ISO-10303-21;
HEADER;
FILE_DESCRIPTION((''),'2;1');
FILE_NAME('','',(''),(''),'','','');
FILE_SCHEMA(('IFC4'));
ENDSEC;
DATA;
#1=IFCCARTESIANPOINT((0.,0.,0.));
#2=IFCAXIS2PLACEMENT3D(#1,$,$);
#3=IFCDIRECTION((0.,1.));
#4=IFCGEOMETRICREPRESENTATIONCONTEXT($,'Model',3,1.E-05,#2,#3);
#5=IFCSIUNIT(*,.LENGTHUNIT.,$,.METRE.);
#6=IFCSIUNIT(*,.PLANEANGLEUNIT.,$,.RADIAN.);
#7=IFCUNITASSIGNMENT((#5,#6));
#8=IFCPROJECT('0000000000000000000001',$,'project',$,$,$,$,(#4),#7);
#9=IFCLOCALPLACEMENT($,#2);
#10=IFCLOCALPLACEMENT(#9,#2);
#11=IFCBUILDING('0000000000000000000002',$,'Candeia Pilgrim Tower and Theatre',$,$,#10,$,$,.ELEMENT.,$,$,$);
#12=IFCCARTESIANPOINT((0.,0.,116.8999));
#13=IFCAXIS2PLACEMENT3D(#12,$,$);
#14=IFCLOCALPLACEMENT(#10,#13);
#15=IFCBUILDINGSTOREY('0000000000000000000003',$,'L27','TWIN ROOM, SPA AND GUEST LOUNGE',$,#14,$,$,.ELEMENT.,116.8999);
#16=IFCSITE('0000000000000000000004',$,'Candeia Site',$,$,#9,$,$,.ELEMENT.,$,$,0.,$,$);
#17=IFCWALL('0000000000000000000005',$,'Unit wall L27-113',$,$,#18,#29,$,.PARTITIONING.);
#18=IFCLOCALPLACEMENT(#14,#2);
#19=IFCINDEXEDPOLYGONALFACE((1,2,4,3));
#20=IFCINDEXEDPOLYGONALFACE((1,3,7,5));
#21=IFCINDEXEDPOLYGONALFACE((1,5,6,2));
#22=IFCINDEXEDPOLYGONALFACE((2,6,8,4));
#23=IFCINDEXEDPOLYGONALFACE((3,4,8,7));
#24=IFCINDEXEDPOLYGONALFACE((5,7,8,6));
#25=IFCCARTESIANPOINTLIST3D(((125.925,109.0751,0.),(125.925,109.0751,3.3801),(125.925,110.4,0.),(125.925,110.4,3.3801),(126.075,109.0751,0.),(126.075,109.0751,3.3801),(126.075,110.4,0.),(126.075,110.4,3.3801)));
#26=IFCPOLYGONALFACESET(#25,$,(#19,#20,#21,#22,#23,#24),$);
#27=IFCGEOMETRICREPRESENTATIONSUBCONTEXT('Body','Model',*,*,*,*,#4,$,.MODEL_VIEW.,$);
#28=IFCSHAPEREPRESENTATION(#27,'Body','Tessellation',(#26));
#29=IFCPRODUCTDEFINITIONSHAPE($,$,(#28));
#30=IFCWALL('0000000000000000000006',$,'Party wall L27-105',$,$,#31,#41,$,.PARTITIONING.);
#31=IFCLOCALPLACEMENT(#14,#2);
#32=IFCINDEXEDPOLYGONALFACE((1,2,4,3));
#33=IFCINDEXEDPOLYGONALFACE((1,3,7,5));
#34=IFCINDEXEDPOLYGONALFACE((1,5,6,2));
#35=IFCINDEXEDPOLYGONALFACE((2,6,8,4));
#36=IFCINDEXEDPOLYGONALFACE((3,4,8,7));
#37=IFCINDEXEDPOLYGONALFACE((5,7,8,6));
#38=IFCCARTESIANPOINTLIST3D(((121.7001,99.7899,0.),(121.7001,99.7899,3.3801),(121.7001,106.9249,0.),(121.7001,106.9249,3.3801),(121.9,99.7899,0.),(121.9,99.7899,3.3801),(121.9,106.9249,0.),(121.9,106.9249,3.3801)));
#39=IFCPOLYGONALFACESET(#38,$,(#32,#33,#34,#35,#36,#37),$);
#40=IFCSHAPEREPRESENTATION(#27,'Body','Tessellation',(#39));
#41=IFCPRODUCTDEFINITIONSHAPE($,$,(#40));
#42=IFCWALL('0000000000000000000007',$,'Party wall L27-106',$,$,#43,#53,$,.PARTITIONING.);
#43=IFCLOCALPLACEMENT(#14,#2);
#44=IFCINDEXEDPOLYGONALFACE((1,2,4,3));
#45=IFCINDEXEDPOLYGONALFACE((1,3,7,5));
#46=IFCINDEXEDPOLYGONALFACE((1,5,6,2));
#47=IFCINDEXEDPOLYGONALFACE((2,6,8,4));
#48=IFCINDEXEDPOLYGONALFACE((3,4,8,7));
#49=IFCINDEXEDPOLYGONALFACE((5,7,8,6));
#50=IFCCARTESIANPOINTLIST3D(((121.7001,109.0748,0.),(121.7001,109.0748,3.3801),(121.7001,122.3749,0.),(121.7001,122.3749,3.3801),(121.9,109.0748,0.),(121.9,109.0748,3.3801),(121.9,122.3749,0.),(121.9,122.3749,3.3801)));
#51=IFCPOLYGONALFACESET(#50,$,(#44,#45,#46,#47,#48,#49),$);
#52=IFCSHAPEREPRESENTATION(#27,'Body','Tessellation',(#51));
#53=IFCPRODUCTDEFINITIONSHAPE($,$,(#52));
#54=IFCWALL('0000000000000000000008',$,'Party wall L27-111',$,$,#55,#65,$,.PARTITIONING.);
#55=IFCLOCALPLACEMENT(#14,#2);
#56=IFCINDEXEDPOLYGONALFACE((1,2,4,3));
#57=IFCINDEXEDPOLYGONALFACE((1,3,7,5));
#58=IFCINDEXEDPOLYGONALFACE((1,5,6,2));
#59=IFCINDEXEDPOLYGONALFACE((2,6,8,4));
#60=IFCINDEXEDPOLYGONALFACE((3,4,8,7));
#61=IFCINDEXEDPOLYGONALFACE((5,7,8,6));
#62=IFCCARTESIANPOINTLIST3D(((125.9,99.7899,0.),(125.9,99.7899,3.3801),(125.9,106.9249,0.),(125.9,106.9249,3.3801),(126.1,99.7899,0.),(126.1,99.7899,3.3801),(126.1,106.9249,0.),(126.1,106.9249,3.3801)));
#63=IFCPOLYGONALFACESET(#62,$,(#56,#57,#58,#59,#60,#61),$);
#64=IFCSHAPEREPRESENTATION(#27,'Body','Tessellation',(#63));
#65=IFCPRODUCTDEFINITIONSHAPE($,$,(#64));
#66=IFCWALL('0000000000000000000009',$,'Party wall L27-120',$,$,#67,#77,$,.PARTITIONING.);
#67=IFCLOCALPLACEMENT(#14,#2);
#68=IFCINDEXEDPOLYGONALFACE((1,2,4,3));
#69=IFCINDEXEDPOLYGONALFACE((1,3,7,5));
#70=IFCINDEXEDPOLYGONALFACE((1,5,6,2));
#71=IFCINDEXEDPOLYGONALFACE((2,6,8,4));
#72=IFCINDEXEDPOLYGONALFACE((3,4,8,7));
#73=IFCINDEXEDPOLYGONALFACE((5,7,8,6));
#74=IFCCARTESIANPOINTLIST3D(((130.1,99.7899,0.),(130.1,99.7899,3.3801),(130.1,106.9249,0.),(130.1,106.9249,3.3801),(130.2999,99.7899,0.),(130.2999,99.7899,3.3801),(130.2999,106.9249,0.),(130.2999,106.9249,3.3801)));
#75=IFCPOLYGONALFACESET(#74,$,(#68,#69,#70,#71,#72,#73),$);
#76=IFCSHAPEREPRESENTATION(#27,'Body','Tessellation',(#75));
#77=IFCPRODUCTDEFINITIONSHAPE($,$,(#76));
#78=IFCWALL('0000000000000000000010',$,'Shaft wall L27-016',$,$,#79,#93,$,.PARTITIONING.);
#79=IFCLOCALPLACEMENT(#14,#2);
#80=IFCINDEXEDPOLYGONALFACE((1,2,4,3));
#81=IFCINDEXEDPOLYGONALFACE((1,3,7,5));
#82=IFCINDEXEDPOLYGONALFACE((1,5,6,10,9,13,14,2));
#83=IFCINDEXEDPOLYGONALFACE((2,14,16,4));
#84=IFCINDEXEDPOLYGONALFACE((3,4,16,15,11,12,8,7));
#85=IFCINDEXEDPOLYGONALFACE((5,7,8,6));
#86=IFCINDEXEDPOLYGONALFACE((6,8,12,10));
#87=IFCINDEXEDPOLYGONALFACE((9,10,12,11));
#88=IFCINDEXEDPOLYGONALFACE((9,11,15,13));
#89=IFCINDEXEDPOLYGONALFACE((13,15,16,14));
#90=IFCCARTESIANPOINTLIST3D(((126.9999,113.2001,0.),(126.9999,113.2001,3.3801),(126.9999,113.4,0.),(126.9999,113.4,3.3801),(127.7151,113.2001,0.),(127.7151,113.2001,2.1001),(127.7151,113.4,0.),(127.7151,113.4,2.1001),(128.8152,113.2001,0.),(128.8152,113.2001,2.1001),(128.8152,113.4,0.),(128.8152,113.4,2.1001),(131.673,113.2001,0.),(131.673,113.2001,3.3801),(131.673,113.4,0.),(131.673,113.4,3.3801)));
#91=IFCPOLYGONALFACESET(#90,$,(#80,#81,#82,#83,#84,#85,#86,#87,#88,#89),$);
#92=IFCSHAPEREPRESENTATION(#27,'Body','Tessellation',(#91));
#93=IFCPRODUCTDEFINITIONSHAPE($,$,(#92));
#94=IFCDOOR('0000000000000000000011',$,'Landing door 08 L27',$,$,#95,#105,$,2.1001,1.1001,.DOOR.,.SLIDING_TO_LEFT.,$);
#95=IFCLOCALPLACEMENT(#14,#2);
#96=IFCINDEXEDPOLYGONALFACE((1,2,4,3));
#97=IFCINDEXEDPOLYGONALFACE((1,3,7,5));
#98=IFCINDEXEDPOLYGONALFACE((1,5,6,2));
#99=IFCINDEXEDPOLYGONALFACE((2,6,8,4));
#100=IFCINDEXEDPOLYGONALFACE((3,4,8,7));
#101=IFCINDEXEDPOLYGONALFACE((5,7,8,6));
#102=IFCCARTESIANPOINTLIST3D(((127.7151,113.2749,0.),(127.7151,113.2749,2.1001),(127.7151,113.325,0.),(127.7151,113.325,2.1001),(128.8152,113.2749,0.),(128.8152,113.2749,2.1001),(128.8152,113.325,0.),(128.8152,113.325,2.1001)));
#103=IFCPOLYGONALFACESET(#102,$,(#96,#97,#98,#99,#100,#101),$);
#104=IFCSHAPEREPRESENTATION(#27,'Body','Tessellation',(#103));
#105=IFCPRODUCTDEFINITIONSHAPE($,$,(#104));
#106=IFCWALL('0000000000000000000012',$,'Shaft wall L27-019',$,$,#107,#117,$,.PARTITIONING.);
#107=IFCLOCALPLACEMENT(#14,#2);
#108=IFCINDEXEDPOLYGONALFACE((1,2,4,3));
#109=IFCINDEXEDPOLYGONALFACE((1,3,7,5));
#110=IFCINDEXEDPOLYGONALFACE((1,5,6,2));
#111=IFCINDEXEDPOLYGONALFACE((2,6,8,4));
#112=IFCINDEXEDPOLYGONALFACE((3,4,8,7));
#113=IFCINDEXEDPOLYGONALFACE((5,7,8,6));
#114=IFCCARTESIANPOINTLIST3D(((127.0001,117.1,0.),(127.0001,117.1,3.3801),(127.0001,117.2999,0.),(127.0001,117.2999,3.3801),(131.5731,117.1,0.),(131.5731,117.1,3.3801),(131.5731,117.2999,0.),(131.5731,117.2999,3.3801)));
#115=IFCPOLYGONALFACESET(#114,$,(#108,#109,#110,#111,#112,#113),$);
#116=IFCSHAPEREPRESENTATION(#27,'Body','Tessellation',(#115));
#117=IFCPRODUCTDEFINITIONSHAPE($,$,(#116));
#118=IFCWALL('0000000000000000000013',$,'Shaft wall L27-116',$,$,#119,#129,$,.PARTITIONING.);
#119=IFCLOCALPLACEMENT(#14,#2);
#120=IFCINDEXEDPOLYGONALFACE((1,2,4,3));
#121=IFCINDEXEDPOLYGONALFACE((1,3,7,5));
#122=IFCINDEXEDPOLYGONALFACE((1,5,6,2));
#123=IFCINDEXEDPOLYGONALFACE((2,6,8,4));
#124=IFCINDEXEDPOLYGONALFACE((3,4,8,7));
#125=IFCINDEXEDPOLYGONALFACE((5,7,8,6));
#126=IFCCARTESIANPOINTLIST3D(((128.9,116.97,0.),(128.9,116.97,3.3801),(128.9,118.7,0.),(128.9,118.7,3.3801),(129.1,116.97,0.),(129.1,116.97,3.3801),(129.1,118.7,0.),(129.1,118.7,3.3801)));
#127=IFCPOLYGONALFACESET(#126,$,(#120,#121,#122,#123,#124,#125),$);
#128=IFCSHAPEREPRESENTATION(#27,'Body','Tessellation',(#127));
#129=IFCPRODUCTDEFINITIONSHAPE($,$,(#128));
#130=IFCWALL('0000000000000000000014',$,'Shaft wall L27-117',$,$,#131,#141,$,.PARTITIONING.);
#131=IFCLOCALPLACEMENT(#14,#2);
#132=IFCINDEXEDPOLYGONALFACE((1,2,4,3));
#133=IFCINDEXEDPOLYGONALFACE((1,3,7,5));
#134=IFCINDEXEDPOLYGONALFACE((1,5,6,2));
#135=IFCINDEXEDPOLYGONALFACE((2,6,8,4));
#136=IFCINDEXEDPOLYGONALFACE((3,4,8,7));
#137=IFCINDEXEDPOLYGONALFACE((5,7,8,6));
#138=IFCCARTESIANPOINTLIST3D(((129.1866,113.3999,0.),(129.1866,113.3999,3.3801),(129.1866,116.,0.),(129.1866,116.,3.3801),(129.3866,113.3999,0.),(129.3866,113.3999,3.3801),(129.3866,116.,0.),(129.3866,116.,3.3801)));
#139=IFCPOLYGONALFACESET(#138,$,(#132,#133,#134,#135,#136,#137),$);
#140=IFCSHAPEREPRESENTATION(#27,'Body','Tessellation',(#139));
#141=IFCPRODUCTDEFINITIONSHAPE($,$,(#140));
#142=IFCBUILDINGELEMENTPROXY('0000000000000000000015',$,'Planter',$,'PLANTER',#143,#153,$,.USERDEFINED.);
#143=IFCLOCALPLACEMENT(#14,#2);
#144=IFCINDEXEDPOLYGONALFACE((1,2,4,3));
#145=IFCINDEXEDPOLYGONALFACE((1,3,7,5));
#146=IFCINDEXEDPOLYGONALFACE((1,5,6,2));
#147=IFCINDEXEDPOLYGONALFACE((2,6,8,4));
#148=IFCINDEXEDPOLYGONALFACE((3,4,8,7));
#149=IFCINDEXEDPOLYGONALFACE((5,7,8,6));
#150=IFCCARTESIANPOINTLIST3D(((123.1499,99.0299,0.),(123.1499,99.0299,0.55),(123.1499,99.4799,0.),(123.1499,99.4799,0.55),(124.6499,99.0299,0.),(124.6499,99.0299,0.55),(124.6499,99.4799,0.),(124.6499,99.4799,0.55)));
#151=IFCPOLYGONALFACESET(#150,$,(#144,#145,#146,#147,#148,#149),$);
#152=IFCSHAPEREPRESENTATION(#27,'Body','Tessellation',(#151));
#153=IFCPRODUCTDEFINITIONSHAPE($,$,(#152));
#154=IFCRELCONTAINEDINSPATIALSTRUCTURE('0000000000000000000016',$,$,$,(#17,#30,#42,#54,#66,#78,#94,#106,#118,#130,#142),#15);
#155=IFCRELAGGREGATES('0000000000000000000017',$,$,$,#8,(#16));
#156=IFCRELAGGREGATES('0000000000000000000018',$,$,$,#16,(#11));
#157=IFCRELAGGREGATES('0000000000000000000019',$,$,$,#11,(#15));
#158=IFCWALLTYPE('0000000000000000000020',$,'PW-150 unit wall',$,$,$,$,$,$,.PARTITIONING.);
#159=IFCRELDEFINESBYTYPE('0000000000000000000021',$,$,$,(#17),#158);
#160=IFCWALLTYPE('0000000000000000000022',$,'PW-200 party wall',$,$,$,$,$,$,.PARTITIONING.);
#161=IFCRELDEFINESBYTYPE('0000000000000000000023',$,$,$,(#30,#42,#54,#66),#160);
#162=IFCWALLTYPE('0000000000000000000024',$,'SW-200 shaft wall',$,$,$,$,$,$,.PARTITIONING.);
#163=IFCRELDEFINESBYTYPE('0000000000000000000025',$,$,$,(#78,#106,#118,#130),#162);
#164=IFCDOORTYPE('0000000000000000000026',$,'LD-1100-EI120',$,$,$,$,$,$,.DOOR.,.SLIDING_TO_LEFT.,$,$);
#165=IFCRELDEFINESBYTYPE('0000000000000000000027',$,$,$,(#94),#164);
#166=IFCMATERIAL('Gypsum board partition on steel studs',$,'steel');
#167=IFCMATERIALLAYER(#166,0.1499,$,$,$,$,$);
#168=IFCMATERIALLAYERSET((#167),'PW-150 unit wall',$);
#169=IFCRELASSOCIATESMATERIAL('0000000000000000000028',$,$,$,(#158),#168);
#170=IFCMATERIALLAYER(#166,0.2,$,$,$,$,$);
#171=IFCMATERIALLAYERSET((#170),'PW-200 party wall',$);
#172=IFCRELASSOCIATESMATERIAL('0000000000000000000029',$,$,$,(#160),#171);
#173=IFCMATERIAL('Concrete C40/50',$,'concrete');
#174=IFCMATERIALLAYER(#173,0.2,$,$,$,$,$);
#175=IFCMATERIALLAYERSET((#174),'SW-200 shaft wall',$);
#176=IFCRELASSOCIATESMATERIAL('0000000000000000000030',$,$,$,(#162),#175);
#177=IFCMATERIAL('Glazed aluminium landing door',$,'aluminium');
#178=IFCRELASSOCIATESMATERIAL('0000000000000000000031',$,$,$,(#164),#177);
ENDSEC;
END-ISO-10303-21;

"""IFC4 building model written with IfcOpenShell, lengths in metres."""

from ifc_helpers import new_model, si_unit, direction, frame, frame_2d, origin, origin_2d, place, context, subcontext, project, spatial, rectangle, extrude, material, layer, layer_set, type_object, element, fill, save


model = new_model("IFC4")

# Units and contexts
model_context = context("Model", 3, precision=1e-05, world=origin(), true_north=direction((0.0, 1.0)))
body_context = subcontext(model_context, "Body", "Model", "MODEL_VIEW")
ifc_project = project(units=[si_unit("LENGTHUNIT", "METRE"), si_unit("PLANEANGLEUNIT", "RADIAN")], contexts=[model_context])

# Site, building, storey
site_placement = place(None, origin())
site = spatial("IfcSite", under=ifc_project, at=site_placement, Name="Candeia Site", CompositionType="ELEMENT", RefElevation=0.0)
building_placement = place(site_placement, origin())
building = spatial("IfcBuilding", under=site, at=building_placement, Name="Candeia Pilgrim Tower and Theatre", CompositionType="ELEMENT")
storey_placement = place(building_placement, frame((0.0, 0.0, 116.8999)))
storey = spatial("IfcBuildingStorey", under=building, at=storey_placement, Name="L27", Description="TWIN ROOM, SPA AND GUEST LOUNGE", CompositionType="ELEMENT", Elevation=116.8999)

# Shared definitions
ifc_material_1 = material(Name="Gypsum board partition on steel studs", Category="steel")

# Walls
ifc_layer_1 = layer(ifc_material_1, 0.1499)
ifc_layer_set_1 = layer_set([ifc_layer_1], Name="PW-150 unit wall")
wall_type_1 = type_object("IfcWallType", Name="PW-150 unit wall", PredefinedType="PARTITIONING", material=ifc_layer_set_1)
wall_1_placement = place(storey_placement, frame((126.0, 109.075, 0.0), z_axis=(0.0, 0.0, 1.0), x_axis=(0.0, 1.0, 0.0)))
element("IfcWall", 1, at=wall_1_placement, inside=storey, type_object=wall_type_1, Name="Unit wall L27-113", PredefinedType="PARTITIONING", context=body_context, shape_type="SweptSolid", body=[
    extrude(rectangle(XDim=1.325, YDim=0.1499, at=frame_2d((0.6626, 0.0))), origin(), (0.0, 0.0, 1.0), 3.3801),
])
ifc_layer_2 = layer(ifc_material_1, 0.2)
ifc_layer_set_2 = layer_set([ifc_layer_2], Name="PW-200 party wall")
wall_type_2 = type_object("IfcWallType", Name="PW-200 party wall", PredefinedType="PARTITIONING", material=ifc_layer_set_2)
wall_2_placement = place(storey_placement, frame((121.8, 99.79, 0.0), z_axis=(0.0, 0.0, 1.0), x_axis=(0.0, 1.0, 0.0)))
element("IfcWall", 2, at=wall_2_placement, inside=storey, type_object=wall_type_2, Name="Party wall L27-105", PredefinedType="PARTITIONING", context=body_context, shape_type="SweptSolid", body=[
    extrude(rectangle(XDim=7.135, YDim=0.2, at=frame_2d((3.5674, 0.0))), origin(), (0.0, 0.0, 1.0), 3.3801),
])
wall_3_placement = place(storey_placement, frame((121.8, 109.075, 0.0), z_axis=(0.0, 0.0, 1.0), x_axis=(0.0, 1.0, 0.0)))
element("IfcWall", 3, at=wall_3_placement, inside=storey, type_object=wall_type_2, Name="Party wall L27-106", PredefinedType="PARTITIONING", context=body_context, shape_type="SweptSolid", body=[
    extrude(rectangle(XDim=13.3, YDim=0.2, at=frame_2d((6.6499, 0.0))), origin(), (0.0, 0.0, 1.0), 3.3801),
])
for number, where, z_axis, x_axis, name in (
    (4, (126.0, 99.79, 0.0), (0.0, 0.0, 1.0), (0.0, 1.0, 0.0), "Party wall L27-111"),
    (5, (130.2, 99.79, 0.0), (0.0, 0.0, 1.0), (0.0, 1.0, 0.0), "Party wall L27-120"),
):
    element("IfcWall", number, at=place(storey_placement, frame(where, z_axis=z_axis, x_axis=x_axis)), inside=storey, type_object=wall_type_2, Name=name, PredefinedType="PARTITIONING", context=body_context, shape_type="SweptSolid", body=[
        extrude(rectangle(XDim=7.135, YDim=0.2, at=frame_2d((3.5674, 0.0))), origin(), (0.0, 0.0, 1.0), 3.3801),
    ])

# Wall, opening, door
ifc_material_2 = material(Name="Concrete C40/50", Category="concrete")
ifc_layer_3 = layer(ifc_material_2, 0.2)
ifc_layer_set_3 = layer_set([ifc_layer_3], Name="SW-200 shaft wall")
wall_type_3 = type_object("IfcWallType", Name="SW-200 shaft wall", PredefinedType="PARTITIONING", material=ifc_layer_set_3)
wall_4_placement = place(storey_placement, frame((127.0, 113.3, 0.0), z_axis=(0.0, 0.0, 1.0), x_axis=(1.0, 0.0, 0.0)))
wall_4 = element("IfcWall", 6, at=wall_4_placement, inside=storey, type_object=wall_type_3, Name="Shaft wall L27-016", PredefinedType="PARTITIONING", context=body_context, shape_type="SweptSolid", body=[
    extrude(rectangle(XDim=4.6731, YDim=0.2, at=frame_2d((2.3364, 0.0))), origin(), (0.0, 0.0, 1.0), 3.3801),
])
opening_1_placement = place(wall_4_placement, frame((0.7151, 0.0, 0.0)))
opening_1 = element("IfcOpeningElement", 7, at=opening_1_placement, cuts=wall_4, PredefinedType="OPENING", context=body_context, shape_type="SweptSolid", body=[
    extrude(rectangle(XDim=1.1001, YDim=2.1001, at=frame_2d((0.55, 1.05))), frame((0.0, 0.1099, 0.0), z_axis=(0.0, -1.0, 0.0), x_axis=(1.0, 0.0, 0.0)), (0.0, 0.0, 1.0), 0.22),
])
ifc_material_3 = material(Name="Glazed aluminium landing door", Category="aluminium")
door_type_1 = type_object("IfcDoorType", Name="LD-1100-EI120", OperationType="SLIDING_TO_LEFT", PredefinedType="DOOR", material=ifc_material_3)
door_1_placement = place(opening_1_placement, origin())
door_1 = element("IfcDoor", 8, at=door_1_placement, inside=storey, type_object=door_type_1, Name="Landing door 08 L27", OperationType="SLIDING_TO_LEFT", OverallHeight=2.1001, OverallWidth=1.1001, PredefinedType="DOOR", context=body_context, shape_type="SweptSolid", body=[
    extrude(rectangle(XDim=1.1001, YDim=2.1001, at=frame_2d((0.55, 1.05))), frame((0.0, 0.0249, 0.0), z_axis=(0.0, -1.0, 0.0), x_axis=(1.0, 0.0, 0.0)), (0.0, 0.0, 1.0), 0.05),
])
fill(opening_1, door_1)

# Walls
wall_5_placement = place(storey_placement, frame((127.0, 117.2, 0.0), z_axis=(0.0, 0.0, 1.0), x_axis=(1.0, 0.0, 0.0)))
element("IfcWall", 9, at=wall_5_placement, inside=storey, type_object=wall_type_3, Name="Shaft wall L27-019", PredefinedType="PARTITIONING", context=body_context, shape_type="SweptSolid", body=[
    extrude(rectangle(XDim=4.573, YDim=0.2, at=frame_2d((2.2866, 0.0))), origin(), (0.0, 0.0, 1.0), 3.3801),
])
wall_6_placement = place(storey_placement, frame((129.0, 116.97, 0.0), z_axis=(0.0, 0.0, 1.0), x_axis=(0.0, 1.0, 0.0)))
element("IfcWall", 10, at=wall_6_placement, inside=storey, type_object=wall_type_3, Name="Shaft wall L27-116", PredefinedType="PARTITIONING", context=body_context, shape_type="SweptSolid", body=[
    extrude(rectangle(XDim=1.73, YDim=0.2, at=frame_2d((0.865, 0.0))), origin(), (0.0, 0.0, 1.0), 3.3801),
])
wall_7_placement = place(storey_placement, frame((129.2866, 113.3999, 0.0), z_axis=(0.0, 0.0, 1.0), x_axis=(0.0, 1.0, 0.0)))
element("IfcWall", 11, at=wall_7_placement, inside=storey, type_object=wall_type_3, Name="Shaft wall L27-117", PredefinedType="PARTITIONING", context=body_context, shape_type="SweptSolid", body=[
    extrude(rectangle(XDim=2.6001, YDim=0.2, at=frame_2d((1.3, 0.0))), origin(), (0.0, 0.0, 1.0), 3.3801),
])

# Building element proxy
proxy_placement = place(storey_placement, frame((123.8999, 99.2549, 0.0), z_axis=(0.0, 0.0, 1.0), x_axis=(1.0, 0.0, 0.0)))
element("IfcBuildingElementProxy", 12, at=proxy_placement, inside=storey, Name="Planter", ObjectType="PLANTER", PredefinedType="USERDEFINED", context=body_context, shape_type="SweptSolid", body=[
    extrude(rectangle(XDim=1.5, YDim=0.45, at=origin_2d()), origin(), (0.0, 0.0, 1.0), 0.55),
])

save(model, "model.ifc")
